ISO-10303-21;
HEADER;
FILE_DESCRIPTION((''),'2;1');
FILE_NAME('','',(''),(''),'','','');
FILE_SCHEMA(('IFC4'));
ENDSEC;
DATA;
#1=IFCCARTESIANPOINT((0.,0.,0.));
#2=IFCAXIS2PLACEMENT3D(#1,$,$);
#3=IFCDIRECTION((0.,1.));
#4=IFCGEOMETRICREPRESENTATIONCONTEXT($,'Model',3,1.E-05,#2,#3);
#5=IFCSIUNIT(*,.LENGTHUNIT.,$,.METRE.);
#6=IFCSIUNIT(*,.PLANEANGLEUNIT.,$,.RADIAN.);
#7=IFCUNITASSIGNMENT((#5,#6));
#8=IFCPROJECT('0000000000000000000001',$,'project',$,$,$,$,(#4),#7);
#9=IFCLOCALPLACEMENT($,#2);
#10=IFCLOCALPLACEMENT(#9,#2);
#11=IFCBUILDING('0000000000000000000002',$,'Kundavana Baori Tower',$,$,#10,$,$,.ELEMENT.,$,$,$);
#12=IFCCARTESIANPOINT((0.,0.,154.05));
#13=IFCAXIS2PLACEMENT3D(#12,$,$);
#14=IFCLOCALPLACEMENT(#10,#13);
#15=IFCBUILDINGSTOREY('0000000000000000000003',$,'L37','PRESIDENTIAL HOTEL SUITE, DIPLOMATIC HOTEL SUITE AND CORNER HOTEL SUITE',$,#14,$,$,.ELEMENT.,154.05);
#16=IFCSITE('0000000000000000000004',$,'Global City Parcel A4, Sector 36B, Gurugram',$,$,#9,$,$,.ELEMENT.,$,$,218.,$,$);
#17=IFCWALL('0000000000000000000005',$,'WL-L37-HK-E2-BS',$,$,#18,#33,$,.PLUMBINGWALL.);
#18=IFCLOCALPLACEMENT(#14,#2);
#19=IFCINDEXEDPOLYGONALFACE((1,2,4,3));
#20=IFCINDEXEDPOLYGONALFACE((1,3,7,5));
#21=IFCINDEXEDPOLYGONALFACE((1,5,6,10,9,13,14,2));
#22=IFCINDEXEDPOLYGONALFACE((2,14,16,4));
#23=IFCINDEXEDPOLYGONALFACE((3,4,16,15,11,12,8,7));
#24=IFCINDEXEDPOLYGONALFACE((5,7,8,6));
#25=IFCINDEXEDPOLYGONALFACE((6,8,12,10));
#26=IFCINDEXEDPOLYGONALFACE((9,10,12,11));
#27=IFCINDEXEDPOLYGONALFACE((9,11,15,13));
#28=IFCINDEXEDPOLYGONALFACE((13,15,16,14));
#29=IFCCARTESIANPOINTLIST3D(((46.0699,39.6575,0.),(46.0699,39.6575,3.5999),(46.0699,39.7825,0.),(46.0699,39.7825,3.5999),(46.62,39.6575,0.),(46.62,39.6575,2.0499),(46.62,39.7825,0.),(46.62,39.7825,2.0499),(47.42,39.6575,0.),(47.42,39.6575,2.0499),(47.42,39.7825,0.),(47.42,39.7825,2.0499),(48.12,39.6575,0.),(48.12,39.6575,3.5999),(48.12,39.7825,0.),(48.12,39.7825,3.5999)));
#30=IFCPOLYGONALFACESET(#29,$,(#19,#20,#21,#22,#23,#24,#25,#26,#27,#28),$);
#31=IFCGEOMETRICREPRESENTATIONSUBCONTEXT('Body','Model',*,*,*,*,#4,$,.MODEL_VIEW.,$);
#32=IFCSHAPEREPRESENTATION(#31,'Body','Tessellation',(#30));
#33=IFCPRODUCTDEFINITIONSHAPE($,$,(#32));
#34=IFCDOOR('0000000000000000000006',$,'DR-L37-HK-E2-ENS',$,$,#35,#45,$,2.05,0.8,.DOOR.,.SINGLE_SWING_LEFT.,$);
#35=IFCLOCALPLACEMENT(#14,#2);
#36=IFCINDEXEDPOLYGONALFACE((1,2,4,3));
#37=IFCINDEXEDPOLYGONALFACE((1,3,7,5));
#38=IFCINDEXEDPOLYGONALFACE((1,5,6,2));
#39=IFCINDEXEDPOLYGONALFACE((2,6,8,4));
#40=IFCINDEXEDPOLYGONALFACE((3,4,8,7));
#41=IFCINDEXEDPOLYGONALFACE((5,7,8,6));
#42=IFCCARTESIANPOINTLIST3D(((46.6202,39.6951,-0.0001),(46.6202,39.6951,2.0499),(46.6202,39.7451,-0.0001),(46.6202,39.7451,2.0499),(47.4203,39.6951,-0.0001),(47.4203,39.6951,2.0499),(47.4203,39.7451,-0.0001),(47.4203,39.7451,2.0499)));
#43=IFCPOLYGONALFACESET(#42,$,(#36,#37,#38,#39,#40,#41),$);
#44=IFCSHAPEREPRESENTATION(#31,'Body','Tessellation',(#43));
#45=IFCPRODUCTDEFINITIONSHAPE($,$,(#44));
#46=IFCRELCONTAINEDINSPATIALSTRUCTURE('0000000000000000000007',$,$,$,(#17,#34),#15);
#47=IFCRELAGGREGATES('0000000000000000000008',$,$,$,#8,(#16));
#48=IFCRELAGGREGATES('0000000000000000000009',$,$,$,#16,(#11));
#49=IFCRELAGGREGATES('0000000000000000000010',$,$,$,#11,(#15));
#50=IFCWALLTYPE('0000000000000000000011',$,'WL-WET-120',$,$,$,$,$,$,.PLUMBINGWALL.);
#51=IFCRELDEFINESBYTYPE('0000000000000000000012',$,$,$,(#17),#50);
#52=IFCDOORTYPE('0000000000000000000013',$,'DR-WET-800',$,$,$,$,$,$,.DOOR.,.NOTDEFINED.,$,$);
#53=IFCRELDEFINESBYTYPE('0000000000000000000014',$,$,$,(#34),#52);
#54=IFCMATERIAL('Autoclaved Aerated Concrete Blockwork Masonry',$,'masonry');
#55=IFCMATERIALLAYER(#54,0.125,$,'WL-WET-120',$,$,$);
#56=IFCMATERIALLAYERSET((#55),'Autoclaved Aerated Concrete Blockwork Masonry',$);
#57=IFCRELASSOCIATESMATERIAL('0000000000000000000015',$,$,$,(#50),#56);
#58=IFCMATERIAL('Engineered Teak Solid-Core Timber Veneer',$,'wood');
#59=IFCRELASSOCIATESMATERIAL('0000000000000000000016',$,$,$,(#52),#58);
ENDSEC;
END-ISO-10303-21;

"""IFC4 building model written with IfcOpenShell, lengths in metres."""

from ifc_helpers import new_model, si_unit, direction, frame, frame_2d, origin, place, context, subcontext, project, spatial, rectangle, extrude, material, layer, layer_set, type_object, element, fill, save


model = new_model("IFC4")

# Units and contexts
model_context = context("Model", 3, precision=1e-05, world=origin(), true_north=direction((0.0, 1.0)))
body_context = subcontext(model_context, "Body", "Model", "MODEL_VIEW")
ifc_project = project(units=[si_unit("LENGTHUNIT", "METRE"), si_unit("PLANEANGLEUNIT", "RADIAN")], contexts=[model_context])

# Site, building, storey
site_placement = place(None, origin())
site = spatial("IfcSite", under=ifc_project, at=site_placement, Name="Global City Parcel A4, Sector 36B, Gurugram", CompositionType="ELEMENT", RefElevation=218.0)
building_placement = place(site_placement, origin())
building = spatial("IfcBuilding", under=site, at=building_placement, Name="Kundavana Baori Tower", CompositionType="ELEMENT")
storey_placement = place(building_placement, frame((0.0, 0.0, 154.05)))
storey = spatial("IfcBuildingStorey", under=building, at=storey_placement, Name="L37", Description="PRESIDENTIAL HOTEL SUITE, DIPLOMATIC HOTEL SUITE AND CORNER HOTEL SUITE", CompositionType="ELEMENT", Elevation=154.05)

# Wall, opening, door
ifc_material_1 = material(Name="Autoclaved Aerated Concrete Blockwork Masonry", Category="masonry")
ifc_layer_1 = layer(ifc_material_1, 0.125, Name="WL-WET-120")
ifc_layer_set_1 = layer_set([ifc_layer_1], Name="Autoclaved Aerated Concrete Blockwork Masonry")
wall_type_1 = type_object("IfcWallType", Name="WL-WET-120", PredefinedType="PLUMBINGWALL", material=ifc_layer_set_1)
wall_1_placement = place(storey_placement, frame((46.0701, 39.72, 0.0), z_axis=(0.0, 0.0, 1.0), x_axis=(1.0, 0.0, 0.0)))
wall_1 = element("IfcWall", 1, at=wall_1_placement, inside=storey, type_object=wall_type_1, Name="WL-L37-HK-E2-BS", PredefinedType="PLUMBINGWALL", context=body_context, shape_type="SweptSolid", body=[
    extrude(rectangle(XDim=2.05, YDim=0.125, at=frame_2d((1.0249, 0.0))), origin(), (0.0, 0.0, 1.0), 3.5999),
])
opening_1_placement = place(wall_1_placement, frame((0.55, 0.0, 0.0)))
opening_1 = element("IfcOpeningElement", 2, at=opening_1_placement, cuts=wall_1, PredefinedType="OPENING", context=body_context, shape_type="SweptSolid", body=[
    extrude(rectangle(XDim=0.8, YDim=2.05, at=frame_2d((0.3999, 1.0249))), frame((0.0, 0.0725, 0.0), z_axis=(0.0, -1.0, 0.0), x_axis=(1.0, 0.0, 0.0)), (0.0, 0.0, 1.0), 0.145),
])
ifc_material_2 = material(Name="Engineered Teak Solid-Core Timber Veneer", Category="wood")
door_type_1 = type_object("IfcDoorType", Name="DR-WET-800", OperationType="NOTDEFINED", PredefinedType="DOOR", material=ifc_material_2)
door_1_placement = place(opening_1_placement, frame((0.8, 0.0, 0.0), z_axis=(0.0, 0.0, 1.0), x_axis=(-1.0, 0.0, 0.0)))
door_1 = element("IfcDoor", 3, at=door_1_placement, inside=storey, type_object=door_type_1, Name="DR-L37-HK-E2-ENS", OperationType="SINGLE_SWING_LEFT", OverallHeight=2.05, OverallWidth=0.8, PredefinedType="DOOR", context=body_context, shape_type="SweptSolid", body=[
    extrude(rectangle(XDim=0.8, YDim=2.05, at=frame_2d((0.3999, 1.0249))), frame((0.0, 0.0249, 0.0), z_axis=(0.0, -1.0, 0.0), x_axis=(1.0, 0.0, 0.0)), (0.0, 0.0, 1.0), 0.05),
])
fill(opening_1, door_1)

save(model, "model.ifc")
